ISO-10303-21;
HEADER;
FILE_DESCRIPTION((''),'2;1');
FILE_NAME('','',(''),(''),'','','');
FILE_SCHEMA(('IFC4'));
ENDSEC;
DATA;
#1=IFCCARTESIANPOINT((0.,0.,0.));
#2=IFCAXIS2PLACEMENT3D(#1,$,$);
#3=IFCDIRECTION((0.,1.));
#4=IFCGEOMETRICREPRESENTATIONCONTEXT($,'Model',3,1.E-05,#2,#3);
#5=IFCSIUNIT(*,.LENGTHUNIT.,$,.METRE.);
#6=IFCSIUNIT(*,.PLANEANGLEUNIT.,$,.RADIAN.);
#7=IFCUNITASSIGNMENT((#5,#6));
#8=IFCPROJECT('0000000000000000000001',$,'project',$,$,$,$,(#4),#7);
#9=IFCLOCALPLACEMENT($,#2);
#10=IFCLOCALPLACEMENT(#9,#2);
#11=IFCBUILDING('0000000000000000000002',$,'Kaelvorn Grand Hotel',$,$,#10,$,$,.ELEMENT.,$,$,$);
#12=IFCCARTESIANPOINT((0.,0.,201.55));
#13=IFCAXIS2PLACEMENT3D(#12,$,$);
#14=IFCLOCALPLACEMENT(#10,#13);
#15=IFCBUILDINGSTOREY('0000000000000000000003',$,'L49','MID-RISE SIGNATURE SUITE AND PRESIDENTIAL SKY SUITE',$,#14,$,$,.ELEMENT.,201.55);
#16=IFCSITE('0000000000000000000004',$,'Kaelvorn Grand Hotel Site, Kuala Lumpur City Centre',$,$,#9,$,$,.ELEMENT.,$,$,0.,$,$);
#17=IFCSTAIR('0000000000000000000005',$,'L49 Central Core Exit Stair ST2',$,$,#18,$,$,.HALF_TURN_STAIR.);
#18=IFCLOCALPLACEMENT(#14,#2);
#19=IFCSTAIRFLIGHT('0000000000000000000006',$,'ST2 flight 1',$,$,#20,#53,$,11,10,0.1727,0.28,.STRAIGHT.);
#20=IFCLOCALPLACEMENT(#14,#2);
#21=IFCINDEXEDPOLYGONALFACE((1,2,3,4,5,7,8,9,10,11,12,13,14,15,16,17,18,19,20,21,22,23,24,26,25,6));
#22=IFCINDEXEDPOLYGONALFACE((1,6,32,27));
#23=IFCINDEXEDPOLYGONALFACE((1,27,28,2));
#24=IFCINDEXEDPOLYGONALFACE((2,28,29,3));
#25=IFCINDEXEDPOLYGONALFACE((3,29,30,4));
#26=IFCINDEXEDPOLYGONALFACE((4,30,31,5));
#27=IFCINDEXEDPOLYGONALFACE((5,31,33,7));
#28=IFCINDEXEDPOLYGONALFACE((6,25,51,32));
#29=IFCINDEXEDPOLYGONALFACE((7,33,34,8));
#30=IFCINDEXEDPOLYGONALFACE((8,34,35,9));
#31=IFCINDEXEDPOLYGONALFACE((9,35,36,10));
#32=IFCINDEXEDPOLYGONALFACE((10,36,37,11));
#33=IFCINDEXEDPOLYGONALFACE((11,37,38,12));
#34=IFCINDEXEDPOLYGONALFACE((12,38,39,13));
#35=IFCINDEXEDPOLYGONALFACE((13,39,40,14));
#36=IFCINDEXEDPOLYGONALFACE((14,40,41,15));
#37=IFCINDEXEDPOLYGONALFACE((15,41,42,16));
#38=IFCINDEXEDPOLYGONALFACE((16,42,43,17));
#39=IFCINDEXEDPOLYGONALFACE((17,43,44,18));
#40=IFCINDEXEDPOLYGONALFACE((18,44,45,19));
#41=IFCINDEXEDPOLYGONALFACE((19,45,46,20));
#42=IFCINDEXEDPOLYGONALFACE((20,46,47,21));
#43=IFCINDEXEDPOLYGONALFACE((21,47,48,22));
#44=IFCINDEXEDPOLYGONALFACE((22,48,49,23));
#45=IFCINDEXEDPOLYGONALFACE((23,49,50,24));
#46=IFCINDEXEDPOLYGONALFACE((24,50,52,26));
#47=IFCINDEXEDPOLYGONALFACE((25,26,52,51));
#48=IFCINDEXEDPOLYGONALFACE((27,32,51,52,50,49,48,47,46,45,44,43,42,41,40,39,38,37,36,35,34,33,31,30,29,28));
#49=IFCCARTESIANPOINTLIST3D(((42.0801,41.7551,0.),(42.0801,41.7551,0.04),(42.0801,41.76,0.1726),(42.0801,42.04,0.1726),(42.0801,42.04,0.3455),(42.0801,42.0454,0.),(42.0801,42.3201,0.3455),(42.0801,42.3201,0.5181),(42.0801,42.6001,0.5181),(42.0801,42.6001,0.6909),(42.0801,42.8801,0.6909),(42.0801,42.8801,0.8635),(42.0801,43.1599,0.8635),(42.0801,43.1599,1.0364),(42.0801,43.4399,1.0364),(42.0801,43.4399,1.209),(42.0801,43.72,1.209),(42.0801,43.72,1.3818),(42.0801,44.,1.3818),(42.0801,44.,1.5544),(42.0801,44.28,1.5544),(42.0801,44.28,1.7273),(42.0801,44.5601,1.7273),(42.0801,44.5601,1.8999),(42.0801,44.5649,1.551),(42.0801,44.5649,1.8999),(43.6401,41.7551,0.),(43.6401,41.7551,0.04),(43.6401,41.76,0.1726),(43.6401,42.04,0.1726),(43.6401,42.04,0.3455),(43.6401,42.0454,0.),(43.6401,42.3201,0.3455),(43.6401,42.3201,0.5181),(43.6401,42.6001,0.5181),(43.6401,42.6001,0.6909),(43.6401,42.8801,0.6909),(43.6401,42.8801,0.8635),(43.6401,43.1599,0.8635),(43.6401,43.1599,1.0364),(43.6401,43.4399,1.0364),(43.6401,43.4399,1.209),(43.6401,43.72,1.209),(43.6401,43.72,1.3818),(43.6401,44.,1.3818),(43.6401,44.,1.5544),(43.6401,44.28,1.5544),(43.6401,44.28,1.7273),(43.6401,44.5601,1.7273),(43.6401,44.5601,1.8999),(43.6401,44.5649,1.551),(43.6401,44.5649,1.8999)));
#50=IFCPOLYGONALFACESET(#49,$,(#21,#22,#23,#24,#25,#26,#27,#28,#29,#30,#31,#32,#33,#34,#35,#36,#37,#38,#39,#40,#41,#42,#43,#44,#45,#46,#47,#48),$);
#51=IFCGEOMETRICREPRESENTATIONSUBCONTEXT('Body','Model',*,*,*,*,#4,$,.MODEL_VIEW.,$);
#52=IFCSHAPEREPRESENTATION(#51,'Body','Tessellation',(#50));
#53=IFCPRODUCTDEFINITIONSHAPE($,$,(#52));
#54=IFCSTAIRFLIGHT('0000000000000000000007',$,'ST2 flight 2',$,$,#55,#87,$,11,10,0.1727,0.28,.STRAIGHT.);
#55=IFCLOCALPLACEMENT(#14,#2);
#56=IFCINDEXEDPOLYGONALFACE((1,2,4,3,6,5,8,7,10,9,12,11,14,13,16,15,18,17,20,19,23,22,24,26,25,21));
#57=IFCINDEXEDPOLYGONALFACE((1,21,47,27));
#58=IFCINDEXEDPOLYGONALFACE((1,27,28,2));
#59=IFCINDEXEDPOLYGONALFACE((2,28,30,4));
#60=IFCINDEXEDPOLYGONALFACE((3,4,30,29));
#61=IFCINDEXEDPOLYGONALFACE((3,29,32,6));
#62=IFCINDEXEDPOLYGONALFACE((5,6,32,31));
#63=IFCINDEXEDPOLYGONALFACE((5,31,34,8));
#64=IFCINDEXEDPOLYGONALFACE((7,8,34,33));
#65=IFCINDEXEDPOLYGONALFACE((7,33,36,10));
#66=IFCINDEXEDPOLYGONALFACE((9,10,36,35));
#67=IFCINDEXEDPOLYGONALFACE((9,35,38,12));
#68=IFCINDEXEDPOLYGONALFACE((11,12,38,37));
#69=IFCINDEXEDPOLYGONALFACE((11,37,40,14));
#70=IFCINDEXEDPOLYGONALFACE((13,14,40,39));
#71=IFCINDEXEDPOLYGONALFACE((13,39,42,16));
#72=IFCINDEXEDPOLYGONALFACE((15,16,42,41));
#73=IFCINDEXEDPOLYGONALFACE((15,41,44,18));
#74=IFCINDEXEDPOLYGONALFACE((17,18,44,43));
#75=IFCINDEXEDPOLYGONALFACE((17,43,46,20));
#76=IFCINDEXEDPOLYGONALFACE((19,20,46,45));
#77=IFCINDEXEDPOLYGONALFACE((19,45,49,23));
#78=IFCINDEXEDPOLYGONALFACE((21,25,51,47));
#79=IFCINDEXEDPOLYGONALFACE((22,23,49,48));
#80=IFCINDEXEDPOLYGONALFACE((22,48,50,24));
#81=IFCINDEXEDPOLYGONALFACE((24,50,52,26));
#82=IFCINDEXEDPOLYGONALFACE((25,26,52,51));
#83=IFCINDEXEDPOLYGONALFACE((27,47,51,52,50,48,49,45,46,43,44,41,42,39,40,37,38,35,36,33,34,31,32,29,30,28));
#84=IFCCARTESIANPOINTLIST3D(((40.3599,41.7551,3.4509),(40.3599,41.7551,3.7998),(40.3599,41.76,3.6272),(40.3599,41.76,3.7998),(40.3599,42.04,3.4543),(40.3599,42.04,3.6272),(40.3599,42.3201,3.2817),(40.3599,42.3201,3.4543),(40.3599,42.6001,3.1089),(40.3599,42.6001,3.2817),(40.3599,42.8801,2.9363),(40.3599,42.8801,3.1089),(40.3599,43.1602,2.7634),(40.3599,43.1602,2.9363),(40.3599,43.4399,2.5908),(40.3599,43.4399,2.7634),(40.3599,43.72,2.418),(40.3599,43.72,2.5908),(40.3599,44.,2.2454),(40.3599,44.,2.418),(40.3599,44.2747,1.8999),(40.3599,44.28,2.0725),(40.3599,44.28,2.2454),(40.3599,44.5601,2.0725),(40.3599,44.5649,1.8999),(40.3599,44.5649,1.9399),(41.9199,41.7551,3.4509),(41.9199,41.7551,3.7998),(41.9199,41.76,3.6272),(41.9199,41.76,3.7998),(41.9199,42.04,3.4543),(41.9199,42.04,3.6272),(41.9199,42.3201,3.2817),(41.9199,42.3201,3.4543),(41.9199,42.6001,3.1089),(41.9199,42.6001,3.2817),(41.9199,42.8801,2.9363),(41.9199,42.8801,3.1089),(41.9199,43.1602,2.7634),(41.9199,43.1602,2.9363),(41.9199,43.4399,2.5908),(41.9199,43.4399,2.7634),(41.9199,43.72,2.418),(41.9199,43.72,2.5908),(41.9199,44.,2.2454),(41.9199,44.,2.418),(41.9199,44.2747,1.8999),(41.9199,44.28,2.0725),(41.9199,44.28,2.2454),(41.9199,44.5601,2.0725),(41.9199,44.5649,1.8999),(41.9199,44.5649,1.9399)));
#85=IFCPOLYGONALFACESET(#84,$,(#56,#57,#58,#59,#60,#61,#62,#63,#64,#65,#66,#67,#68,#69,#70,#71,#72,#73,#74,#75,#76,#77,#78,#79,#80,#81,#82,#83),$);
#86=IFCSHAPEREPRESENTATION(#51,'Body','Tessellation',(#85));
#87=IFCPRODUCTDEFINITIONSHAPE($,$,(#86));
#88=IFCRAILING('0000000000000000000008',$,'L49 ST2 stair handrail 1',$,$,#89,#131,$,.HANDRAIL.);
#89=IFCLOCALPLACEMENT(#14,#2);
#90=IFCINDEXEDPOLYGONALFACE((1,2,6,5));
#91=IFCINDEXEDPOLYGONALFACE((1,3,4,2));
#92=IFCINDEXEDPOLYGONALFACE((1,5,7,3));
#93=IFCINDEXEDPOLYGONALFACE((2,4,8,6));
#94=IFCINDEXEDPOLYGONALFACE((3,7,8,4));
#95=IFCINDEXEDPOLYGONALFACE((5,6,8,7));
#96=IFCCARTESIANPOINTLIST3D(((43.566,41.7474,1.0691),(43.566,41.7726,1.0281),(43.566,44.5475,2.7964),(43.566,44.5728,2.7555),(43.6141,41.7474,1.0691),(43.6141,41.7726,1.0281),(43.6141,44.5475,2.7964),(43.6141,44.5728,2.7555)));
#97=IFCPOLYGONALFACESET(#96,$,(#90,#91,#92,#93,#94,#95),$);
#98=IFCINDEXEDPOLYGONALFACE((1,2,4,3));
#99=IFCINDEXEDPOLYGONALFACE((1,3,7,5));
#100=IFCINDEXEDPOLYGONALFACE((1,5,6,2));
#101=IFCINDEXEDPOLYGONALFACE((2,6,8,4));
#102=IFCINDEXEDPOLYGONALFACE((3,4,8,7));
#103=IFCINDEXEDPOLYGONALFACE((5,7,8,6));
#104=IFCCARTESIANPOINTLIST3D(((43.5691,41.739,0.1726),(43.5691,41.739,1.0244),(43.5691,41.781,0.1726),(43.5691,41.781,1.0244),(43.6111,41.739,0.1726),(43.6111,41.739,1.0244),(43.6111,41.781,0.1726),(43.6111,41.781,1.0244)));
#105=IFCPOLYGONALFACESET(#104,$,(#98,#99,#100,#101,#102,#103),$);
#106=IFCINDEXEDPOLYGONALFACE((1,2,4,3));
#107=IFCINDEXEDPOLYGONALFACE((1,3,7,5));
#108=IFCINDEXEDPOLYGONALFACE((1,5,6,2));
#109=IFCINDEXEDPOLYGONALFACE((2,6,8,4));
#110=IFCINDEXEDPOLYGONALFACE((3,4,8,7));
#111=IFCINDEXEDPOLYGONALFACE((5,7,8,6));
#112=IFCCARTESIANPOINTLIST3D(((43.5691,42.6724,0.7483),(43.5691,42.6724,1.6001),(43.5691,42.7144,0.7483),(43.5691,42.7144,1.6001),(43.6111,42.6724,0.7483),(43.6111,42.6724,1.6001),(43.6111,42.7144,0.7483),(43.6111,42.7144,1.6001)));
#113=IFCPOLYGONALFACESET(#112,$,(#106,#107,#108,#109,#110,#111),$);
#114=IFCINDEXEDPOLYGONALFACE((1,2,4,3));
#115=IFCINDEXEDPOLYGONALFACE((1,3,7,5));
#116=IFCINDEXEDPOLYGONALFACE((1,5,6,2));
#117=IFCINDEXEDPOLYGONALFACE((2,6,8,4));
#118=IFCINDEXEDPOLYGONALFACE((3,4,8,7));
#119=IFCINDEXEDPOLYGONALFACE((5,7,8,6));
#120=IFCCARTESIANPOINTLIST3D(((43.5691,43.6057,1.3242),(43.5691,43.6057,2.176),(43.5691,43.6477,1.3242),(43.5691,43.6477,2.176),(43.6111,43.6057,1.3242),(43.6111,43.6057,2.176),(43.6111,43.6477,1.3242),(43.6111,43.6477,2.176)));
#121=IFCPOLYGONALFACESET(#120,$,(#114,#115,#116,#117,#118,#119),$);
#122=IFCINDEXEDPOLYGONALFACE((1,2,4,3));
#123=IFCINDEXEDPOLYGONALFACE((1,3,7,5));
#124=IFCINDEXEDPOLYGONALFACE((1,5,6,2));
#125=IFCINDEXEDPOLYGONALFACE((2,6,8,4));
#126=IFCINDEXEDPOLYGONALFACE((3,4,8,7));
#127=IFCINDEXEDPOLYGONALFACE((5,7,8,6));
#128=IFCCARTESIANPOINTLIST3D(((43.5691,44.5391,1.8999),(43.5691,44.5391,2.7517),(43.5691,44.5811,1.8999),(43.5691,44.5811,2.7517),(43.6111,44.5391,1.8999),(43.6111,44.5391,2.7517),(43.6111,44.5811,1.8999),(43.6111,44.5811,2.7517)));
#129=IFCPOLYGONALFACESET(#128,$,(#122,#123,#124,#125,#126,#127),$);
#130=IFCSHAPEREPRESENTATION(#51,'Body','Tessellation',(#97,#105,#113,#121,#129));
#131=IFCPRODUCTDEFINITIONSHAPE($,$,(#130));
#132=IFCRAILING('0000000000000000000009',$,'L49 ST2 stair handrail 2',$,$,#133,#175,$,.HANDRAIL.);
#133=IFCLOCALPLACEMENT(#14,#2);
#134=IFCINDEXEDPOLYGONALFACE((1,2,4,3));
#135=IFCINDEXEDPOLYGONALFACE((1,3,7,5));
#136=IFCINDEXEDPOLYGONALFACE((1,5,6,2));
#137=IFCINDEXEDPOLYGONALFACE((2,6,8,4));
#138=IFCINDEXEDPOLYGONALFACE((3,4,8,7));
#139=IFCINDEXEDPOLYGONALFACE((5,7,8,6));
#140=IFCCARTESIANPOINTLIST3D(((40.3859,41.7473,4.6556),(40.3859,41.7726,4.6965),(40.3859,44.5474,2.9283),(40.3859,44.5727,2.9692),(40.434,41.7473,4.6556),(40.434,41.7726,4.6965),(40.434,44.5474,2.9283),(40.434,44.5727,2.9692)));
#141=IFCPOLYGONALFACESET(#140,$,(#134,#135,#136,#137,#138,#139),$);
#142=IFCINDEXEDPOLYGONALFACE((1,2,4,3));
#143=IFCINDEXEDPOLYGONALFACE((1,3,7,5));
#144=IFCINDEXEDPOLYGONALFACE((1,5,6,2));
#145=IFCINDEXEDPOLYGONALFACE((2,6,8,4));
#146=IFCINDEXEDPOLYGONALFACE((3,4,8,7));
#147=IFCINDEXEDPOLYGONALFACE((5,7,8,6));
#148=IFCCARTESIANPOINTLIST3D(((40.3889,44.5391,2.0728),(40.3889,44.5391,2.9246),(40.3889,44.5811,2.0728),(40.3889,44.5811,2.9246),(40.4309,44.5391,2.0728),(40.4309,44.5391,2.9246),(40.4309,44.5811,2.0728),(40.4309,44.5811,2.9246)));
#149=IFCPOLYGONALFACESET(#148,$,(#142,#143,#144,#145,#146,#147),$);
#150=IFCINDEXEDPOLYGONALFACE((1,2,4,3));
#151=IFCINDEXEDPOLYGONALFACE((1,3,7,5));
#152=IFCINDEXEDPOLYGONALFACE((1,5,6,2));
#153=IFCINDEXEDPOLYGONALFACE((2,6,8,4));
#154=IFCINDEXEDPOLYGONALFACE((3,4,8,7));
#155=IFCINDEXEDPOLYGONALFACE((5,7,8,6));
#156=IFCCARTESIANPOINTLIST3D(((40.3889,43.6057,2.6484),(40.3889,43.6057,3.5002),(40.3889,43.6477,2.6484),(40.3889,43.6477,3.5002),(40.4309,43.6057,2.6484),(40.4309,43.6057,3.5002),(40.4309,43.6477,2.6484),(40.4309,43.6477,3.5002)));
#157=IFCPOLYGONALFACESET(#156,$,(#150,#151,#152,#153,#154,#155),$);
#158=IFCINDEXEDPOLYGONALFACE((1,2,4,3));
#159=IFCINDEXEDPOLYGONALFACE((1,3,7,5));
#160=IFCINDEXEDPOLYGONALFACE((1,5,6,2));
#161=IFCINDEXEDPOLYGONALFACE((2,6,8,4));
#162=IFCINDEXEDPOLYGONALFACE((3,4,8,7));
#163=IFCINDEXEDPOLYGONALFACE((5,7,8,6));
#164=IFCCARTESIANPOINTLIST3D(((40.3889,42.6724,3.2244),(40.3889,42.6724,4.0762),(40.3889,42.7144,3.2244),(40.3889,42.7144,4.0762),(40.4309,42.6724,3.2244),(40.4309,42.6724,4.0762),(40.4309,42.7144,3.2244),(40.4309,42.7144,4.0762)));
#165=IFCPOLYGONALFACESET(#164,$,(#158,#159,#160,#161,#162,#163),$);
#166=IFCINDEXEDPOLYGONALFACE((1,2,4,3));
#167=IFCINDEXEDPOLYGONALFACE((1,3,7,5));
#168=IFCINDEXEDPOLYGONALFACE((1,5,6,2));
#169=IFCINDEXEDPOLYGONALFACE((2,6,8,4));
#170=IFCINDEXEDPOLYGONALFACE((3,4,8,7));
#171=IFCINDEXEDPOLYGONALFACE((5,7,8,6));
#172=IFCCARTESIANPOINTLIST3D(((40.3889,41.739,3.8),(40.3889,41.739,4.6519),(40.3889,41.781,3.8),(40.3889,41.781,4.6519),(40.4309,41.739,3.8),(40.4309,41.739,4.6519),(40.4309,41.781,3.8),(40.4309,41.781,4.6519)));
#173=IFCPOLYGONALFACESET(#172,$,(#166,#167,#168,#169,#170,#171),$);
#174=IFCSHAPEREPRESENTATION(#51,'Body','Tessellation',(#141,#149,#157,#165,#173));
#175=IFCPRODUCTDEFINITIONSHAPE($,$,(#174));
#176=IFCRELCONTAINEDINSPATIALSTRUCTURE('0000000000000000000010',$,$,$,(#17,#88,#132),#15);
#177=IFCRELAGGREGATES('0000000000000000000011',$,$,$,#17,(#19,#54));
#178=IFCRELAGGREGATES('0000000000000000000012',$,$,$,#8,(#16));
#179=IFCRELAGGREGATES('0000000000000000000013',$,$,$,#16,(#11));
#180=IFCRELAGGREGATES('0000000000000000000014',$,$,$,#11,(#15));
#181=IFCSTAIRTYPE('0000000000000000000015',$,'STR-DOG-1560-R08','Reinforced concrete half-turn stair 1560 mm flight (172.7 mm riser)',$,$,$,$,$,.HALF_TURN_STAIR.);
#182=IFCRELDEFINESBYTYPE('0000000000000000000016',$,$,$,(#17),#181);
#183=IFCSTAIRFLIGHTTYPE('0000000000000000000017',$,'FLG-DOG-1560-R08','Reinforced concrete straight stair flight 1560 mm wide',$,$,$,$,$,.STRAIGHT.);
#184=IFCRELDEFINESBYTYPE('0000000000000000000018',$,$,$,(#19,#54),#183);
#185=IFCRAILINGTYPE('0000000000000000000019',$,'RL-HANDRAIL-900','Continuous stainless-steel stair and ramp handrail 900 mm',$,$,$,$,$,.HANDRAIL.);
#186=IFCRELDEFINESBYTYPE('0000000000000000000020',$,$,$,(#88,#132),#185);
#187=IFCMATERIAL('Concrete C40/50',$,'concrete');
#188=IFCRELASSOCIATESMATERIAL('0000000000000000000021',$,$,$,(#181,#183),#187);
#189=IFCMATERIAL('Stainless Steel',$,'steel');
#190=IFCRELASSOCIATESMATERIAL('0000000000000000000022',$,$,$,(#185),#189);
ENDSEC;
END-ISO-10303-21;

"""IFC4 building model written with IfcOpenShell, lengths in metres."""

from ifc_helpers import new_model, si_unit, direction, frame, origin, origin_2d, place, context, subcontext, project, spatial, polyline, rectangle, outline, extrude, material, type_object, element, aggregate, save


model = new_model("IFC4")

# Units and contexts
model_context = context("Model", 3, precision=1e-05, world=origin(), true_north=direction((0.0, 1.0)))
body_context = subcontext(model_context, "Body", "Model", "MODEL_VIEW")
ifc_project = project(units=[si_unit("LENGTHUNIT", "METRE"), si_unit("PLANEANGLEUNIT", "RADIAN")], contexts=[model_context])

# Site, building, storey
site_placement = place(None, origin())
site = spatial("IfcSite", under=ifc_project, at=site_placement, Name="Kaelvorn Grand Hotel Site, Kuala Lumpur City Centre", CompositionType="ELEMENT", RefElevation=0.0)
building_placement = place(site_placement, origin())
building = spatial("IfcBuilding", under=site, at=building_placement, Name="Kaelvorn Grand Hotel", CompositionType="ELEMENT")
storey_placement = place(building_placement, frame((0.0, 0.0, 201.55)))
storey = spatial("IfcBuildingStorey", under=building, at=storey_placement, Name="L49", Description="MID-RISE SIGNATURE SUITE AND PRESIDENTIAL SKY SUITE", CompositionType="ELEMENT", Elevation=201.55)

# Shared definitions
ifc_material_1 = material(Name="Concrete C40/50", Category="concrete")

# Stair, stair flights
stair_type = type_object("IfcStairType", Name="STR-DOG-1560-R08", Description="Reinforced concrete half-turn stair 1560 mm flight (172.7 mm riser)", PredefinedType="HALF_TURN_STAIR", material=ifc_material_1)
stair_placement = place(storey_placement, origin())
stair = element("IfcStair", 1, at=stair_placement, inside=storey, type_object=stair_type, Name="L49 Central Core Exit Stair ST2", PredefinedType="HALF_TURN_STAIR")
stair_flight_type = type_object("IfcStairFlightType", Name="FLG-DOG-1560-R08", Description="Reinforced concrete straight stair flight 1560 mm wide", PredefinedType="STRAIGHT", material=ifc_material_1)
stair_flight_1_placement = place(storey_placement, frame((42.8601, 41.76, 0.0), z_axis=(0.0, 0.0, 1.0), x_axis=(0.0, 1.0, 0.0)))
stair_flight_1 = element("IfcStairFlight", 2, at=stair_flight_1_placement, type_object=stair_flight_type, Name="ST2 flight 1", NumberOfRisers=11, NumberOfTreads=10, PredefinedType="STRAIGHT", RiserHeight=0.1727, TreadLength=0.28, context=body_context, shape_type="SweptSolid", body=[
    extrude(outline(polyline([(-0.0049, 0.0), (-0.0049, 0.04), (0.0, 0.1726), (0.28, 0.1726), (0.28, 0.3455), (0.5601, 0.3455), (0.5601, 0.5181), (0.8401, 0.5181), (0.8401, 0.6909), (1.1201, 0.6909), (1.1201, 0.8635), (1.3999, 0.8635), (1.3999, 1.0364), (1.6799, 1.0364), (1.6799, 1.209), (1.96, 1.209), (1.96, 1.3818), (2.24, 1.3818), (2.24, 1.5544), (2.52, 1.5544), (2.52, 1.7273), (2.8, 1.7273), (2.8, 1.8999), (2.8049, 1.8999), (2.8049, 1.551), (0.2854, 0.0), (-0.0049, 0.0)])), frame((0.0, 0.78, 0.0), z_axis=(0.0, -1.0, 0.0), x_axis=(1.0, 0.0, 0.0)), (0.0, 0.0, 1.0), 1.5601),
])
stair_flight_2_placement = place(storey_placement, frame((41.1399, 44.5601, 1.8999), z_axis=(0.0, 0.0, 1.0), x_axis=(0.0, -1.0, 0.0)))
stair_flight_2 = element("IfcStairFlight", 3, at=stair_flight_2_placement, type_object=stair_flight_type, Name="ST2 flight 2", NumberOfRisers=11, NumberOfTreads=10, PredefinedType="STRAIGHT", RiserHeight=0.1727, TreadLength=0.28, context=body_context, shape_type="SweptSolid", body=[
    extrude(outline(polyline([(-0.0049, 0.0), (-0.0049, 0.04), (0.0, 0.1726), (0.28, 0.1726), (0.28, 0.3455), (0.5601, 0.3455), (0.5601, 0.5181), (0.8401, 0.5181), (0.8401, 0.6909), (1.1201, 0.6909), (1.1201, 0.8635), (1.3999, 0.8635), (1.3999, 1.0364), (1.6799, 1.0364), (1.6799, 1.209), (1.96, 1.209), (1.96, 1.3818), (2.24, 1.3818), (2.24, 1.5544), (2.52, 1.5544), (2.52, 1.7273), (2.8, 1.7273), (2.8, 1.8999), (2.8049, 1.8999), (2.8049, 1.551), (0.2854, 0.0), (-0.0049, 0.0)])), frame((0.0, 0.78, 0.0), z_axis=(0.0, -1.0, 0.0), x_axis=(1.0, 0.0, 0.0)), (0.0, 0.0, 1.0), 1.5601),
])
aggregate(stair, [stair_flight_1, stair_flight_2])

# Railings
ifc_material_2 = material(Name="Stainless Steel", Category="steel")
railing_type_1 = type_object("IfcRailingType", Name="RL-HANDRAIL-900", Description="Continuous stainless-steel stair and ramp handrail 900 mm", PredefinedType="HANDRAIL", material=ifc_material_2)
railing_1_placement = place(storey_placement, frame((43.5901, 41.76, 0.1726)))
element("IfcRailing", 4, at=railing_1_placement, inside=storey, type_object=railing_type_1, Name="L49 ST2 stair handrail 1", PredefinedType="HANDRAIL", context=body_context, shape_type="SweptSolid", body=[
    extrude(rectangle(XDim=0.0481, YDim=0.0481, at=origin_2d()), frame((0.0, 0.0, 0.876), z_axis=(0.0, 0.85109, 0.52502), x_axis=(-1.0, 0.0, 0.0)), (0.0, 0.0, 1.0), 3.29),
    extrude(rectangle(XDim=0.042, YDim=0.042, at=origin_2d()), origin(), (0.0, 0.0, 1.0), 0.8518),
    extrude(rectangle(XDim=0.042, YDim=0.042, at=origin_2d()), frame((0.0, 0.9333, 0.5757)), (0.0, 0.0, 1.0), 0.8518),
    extrude(rectangle(XDim=0.042, YDim=0.042, at=origin_2d()), frame((0.0, 1.8667, 1.1516)), (0.0, 0.0, 1.0), 0.8518),
    extrude(rectangle(XDim=0.042, YDim=0.042, at=origin_2d()), frame((0.0, 2.8, 1.7273)), (0.0, 0.0, 1.0), 0.8518),
])
railing_2_placement = place(storey_placement, frame((40.4099, 44.5601, 2.0728)))
element("IfcRailing", 5, at=railing_2_placement, inside=storey, type_object=railing_type_1, Name="L49 ST2 stair handrail 2", PredefinedType="HANDRAIL", context=body_context, shape_type="SweptSolid", body=[
    extrude(rectangle(XDim=0.0481, YDim=0.0481, at=origin_2d()), frame((0.0, 0.0, 0.876), z_axis=(0.0, -0.85109, 0.52502), x_axis=(1.0, 0.0, 0.0)), (0.0, 0.0, 1.0), 3.29),
    extrude(rectangle(XDim=0.042, YDim=0.042, at=origin_2d()), origin(), (0.0, 0.0, 1.0), 0.8518),
    extrude(rectangle(XDim=0.042, YDim=0.042, at=origin_2d()), frame((0.0, -0.9333, 0.5757)), (0.0, 0.0, 1.0), 0.8518),
    extrude(rectangle(XDim=0.042, YDim=0.042, at=origin_2d()), frame((0.0, -1.8667, 1.1516)), (0.0, 0.0, 1.0), 0.8518),
    extrude(rectangle(XDim=0.042, YDim=0.042, at=origin_2d()), frame((0.0, -2.8, 1.7273)), (0.0, 0.0, 1.0), 0.8518),
])

save(model, "model.ifc")
